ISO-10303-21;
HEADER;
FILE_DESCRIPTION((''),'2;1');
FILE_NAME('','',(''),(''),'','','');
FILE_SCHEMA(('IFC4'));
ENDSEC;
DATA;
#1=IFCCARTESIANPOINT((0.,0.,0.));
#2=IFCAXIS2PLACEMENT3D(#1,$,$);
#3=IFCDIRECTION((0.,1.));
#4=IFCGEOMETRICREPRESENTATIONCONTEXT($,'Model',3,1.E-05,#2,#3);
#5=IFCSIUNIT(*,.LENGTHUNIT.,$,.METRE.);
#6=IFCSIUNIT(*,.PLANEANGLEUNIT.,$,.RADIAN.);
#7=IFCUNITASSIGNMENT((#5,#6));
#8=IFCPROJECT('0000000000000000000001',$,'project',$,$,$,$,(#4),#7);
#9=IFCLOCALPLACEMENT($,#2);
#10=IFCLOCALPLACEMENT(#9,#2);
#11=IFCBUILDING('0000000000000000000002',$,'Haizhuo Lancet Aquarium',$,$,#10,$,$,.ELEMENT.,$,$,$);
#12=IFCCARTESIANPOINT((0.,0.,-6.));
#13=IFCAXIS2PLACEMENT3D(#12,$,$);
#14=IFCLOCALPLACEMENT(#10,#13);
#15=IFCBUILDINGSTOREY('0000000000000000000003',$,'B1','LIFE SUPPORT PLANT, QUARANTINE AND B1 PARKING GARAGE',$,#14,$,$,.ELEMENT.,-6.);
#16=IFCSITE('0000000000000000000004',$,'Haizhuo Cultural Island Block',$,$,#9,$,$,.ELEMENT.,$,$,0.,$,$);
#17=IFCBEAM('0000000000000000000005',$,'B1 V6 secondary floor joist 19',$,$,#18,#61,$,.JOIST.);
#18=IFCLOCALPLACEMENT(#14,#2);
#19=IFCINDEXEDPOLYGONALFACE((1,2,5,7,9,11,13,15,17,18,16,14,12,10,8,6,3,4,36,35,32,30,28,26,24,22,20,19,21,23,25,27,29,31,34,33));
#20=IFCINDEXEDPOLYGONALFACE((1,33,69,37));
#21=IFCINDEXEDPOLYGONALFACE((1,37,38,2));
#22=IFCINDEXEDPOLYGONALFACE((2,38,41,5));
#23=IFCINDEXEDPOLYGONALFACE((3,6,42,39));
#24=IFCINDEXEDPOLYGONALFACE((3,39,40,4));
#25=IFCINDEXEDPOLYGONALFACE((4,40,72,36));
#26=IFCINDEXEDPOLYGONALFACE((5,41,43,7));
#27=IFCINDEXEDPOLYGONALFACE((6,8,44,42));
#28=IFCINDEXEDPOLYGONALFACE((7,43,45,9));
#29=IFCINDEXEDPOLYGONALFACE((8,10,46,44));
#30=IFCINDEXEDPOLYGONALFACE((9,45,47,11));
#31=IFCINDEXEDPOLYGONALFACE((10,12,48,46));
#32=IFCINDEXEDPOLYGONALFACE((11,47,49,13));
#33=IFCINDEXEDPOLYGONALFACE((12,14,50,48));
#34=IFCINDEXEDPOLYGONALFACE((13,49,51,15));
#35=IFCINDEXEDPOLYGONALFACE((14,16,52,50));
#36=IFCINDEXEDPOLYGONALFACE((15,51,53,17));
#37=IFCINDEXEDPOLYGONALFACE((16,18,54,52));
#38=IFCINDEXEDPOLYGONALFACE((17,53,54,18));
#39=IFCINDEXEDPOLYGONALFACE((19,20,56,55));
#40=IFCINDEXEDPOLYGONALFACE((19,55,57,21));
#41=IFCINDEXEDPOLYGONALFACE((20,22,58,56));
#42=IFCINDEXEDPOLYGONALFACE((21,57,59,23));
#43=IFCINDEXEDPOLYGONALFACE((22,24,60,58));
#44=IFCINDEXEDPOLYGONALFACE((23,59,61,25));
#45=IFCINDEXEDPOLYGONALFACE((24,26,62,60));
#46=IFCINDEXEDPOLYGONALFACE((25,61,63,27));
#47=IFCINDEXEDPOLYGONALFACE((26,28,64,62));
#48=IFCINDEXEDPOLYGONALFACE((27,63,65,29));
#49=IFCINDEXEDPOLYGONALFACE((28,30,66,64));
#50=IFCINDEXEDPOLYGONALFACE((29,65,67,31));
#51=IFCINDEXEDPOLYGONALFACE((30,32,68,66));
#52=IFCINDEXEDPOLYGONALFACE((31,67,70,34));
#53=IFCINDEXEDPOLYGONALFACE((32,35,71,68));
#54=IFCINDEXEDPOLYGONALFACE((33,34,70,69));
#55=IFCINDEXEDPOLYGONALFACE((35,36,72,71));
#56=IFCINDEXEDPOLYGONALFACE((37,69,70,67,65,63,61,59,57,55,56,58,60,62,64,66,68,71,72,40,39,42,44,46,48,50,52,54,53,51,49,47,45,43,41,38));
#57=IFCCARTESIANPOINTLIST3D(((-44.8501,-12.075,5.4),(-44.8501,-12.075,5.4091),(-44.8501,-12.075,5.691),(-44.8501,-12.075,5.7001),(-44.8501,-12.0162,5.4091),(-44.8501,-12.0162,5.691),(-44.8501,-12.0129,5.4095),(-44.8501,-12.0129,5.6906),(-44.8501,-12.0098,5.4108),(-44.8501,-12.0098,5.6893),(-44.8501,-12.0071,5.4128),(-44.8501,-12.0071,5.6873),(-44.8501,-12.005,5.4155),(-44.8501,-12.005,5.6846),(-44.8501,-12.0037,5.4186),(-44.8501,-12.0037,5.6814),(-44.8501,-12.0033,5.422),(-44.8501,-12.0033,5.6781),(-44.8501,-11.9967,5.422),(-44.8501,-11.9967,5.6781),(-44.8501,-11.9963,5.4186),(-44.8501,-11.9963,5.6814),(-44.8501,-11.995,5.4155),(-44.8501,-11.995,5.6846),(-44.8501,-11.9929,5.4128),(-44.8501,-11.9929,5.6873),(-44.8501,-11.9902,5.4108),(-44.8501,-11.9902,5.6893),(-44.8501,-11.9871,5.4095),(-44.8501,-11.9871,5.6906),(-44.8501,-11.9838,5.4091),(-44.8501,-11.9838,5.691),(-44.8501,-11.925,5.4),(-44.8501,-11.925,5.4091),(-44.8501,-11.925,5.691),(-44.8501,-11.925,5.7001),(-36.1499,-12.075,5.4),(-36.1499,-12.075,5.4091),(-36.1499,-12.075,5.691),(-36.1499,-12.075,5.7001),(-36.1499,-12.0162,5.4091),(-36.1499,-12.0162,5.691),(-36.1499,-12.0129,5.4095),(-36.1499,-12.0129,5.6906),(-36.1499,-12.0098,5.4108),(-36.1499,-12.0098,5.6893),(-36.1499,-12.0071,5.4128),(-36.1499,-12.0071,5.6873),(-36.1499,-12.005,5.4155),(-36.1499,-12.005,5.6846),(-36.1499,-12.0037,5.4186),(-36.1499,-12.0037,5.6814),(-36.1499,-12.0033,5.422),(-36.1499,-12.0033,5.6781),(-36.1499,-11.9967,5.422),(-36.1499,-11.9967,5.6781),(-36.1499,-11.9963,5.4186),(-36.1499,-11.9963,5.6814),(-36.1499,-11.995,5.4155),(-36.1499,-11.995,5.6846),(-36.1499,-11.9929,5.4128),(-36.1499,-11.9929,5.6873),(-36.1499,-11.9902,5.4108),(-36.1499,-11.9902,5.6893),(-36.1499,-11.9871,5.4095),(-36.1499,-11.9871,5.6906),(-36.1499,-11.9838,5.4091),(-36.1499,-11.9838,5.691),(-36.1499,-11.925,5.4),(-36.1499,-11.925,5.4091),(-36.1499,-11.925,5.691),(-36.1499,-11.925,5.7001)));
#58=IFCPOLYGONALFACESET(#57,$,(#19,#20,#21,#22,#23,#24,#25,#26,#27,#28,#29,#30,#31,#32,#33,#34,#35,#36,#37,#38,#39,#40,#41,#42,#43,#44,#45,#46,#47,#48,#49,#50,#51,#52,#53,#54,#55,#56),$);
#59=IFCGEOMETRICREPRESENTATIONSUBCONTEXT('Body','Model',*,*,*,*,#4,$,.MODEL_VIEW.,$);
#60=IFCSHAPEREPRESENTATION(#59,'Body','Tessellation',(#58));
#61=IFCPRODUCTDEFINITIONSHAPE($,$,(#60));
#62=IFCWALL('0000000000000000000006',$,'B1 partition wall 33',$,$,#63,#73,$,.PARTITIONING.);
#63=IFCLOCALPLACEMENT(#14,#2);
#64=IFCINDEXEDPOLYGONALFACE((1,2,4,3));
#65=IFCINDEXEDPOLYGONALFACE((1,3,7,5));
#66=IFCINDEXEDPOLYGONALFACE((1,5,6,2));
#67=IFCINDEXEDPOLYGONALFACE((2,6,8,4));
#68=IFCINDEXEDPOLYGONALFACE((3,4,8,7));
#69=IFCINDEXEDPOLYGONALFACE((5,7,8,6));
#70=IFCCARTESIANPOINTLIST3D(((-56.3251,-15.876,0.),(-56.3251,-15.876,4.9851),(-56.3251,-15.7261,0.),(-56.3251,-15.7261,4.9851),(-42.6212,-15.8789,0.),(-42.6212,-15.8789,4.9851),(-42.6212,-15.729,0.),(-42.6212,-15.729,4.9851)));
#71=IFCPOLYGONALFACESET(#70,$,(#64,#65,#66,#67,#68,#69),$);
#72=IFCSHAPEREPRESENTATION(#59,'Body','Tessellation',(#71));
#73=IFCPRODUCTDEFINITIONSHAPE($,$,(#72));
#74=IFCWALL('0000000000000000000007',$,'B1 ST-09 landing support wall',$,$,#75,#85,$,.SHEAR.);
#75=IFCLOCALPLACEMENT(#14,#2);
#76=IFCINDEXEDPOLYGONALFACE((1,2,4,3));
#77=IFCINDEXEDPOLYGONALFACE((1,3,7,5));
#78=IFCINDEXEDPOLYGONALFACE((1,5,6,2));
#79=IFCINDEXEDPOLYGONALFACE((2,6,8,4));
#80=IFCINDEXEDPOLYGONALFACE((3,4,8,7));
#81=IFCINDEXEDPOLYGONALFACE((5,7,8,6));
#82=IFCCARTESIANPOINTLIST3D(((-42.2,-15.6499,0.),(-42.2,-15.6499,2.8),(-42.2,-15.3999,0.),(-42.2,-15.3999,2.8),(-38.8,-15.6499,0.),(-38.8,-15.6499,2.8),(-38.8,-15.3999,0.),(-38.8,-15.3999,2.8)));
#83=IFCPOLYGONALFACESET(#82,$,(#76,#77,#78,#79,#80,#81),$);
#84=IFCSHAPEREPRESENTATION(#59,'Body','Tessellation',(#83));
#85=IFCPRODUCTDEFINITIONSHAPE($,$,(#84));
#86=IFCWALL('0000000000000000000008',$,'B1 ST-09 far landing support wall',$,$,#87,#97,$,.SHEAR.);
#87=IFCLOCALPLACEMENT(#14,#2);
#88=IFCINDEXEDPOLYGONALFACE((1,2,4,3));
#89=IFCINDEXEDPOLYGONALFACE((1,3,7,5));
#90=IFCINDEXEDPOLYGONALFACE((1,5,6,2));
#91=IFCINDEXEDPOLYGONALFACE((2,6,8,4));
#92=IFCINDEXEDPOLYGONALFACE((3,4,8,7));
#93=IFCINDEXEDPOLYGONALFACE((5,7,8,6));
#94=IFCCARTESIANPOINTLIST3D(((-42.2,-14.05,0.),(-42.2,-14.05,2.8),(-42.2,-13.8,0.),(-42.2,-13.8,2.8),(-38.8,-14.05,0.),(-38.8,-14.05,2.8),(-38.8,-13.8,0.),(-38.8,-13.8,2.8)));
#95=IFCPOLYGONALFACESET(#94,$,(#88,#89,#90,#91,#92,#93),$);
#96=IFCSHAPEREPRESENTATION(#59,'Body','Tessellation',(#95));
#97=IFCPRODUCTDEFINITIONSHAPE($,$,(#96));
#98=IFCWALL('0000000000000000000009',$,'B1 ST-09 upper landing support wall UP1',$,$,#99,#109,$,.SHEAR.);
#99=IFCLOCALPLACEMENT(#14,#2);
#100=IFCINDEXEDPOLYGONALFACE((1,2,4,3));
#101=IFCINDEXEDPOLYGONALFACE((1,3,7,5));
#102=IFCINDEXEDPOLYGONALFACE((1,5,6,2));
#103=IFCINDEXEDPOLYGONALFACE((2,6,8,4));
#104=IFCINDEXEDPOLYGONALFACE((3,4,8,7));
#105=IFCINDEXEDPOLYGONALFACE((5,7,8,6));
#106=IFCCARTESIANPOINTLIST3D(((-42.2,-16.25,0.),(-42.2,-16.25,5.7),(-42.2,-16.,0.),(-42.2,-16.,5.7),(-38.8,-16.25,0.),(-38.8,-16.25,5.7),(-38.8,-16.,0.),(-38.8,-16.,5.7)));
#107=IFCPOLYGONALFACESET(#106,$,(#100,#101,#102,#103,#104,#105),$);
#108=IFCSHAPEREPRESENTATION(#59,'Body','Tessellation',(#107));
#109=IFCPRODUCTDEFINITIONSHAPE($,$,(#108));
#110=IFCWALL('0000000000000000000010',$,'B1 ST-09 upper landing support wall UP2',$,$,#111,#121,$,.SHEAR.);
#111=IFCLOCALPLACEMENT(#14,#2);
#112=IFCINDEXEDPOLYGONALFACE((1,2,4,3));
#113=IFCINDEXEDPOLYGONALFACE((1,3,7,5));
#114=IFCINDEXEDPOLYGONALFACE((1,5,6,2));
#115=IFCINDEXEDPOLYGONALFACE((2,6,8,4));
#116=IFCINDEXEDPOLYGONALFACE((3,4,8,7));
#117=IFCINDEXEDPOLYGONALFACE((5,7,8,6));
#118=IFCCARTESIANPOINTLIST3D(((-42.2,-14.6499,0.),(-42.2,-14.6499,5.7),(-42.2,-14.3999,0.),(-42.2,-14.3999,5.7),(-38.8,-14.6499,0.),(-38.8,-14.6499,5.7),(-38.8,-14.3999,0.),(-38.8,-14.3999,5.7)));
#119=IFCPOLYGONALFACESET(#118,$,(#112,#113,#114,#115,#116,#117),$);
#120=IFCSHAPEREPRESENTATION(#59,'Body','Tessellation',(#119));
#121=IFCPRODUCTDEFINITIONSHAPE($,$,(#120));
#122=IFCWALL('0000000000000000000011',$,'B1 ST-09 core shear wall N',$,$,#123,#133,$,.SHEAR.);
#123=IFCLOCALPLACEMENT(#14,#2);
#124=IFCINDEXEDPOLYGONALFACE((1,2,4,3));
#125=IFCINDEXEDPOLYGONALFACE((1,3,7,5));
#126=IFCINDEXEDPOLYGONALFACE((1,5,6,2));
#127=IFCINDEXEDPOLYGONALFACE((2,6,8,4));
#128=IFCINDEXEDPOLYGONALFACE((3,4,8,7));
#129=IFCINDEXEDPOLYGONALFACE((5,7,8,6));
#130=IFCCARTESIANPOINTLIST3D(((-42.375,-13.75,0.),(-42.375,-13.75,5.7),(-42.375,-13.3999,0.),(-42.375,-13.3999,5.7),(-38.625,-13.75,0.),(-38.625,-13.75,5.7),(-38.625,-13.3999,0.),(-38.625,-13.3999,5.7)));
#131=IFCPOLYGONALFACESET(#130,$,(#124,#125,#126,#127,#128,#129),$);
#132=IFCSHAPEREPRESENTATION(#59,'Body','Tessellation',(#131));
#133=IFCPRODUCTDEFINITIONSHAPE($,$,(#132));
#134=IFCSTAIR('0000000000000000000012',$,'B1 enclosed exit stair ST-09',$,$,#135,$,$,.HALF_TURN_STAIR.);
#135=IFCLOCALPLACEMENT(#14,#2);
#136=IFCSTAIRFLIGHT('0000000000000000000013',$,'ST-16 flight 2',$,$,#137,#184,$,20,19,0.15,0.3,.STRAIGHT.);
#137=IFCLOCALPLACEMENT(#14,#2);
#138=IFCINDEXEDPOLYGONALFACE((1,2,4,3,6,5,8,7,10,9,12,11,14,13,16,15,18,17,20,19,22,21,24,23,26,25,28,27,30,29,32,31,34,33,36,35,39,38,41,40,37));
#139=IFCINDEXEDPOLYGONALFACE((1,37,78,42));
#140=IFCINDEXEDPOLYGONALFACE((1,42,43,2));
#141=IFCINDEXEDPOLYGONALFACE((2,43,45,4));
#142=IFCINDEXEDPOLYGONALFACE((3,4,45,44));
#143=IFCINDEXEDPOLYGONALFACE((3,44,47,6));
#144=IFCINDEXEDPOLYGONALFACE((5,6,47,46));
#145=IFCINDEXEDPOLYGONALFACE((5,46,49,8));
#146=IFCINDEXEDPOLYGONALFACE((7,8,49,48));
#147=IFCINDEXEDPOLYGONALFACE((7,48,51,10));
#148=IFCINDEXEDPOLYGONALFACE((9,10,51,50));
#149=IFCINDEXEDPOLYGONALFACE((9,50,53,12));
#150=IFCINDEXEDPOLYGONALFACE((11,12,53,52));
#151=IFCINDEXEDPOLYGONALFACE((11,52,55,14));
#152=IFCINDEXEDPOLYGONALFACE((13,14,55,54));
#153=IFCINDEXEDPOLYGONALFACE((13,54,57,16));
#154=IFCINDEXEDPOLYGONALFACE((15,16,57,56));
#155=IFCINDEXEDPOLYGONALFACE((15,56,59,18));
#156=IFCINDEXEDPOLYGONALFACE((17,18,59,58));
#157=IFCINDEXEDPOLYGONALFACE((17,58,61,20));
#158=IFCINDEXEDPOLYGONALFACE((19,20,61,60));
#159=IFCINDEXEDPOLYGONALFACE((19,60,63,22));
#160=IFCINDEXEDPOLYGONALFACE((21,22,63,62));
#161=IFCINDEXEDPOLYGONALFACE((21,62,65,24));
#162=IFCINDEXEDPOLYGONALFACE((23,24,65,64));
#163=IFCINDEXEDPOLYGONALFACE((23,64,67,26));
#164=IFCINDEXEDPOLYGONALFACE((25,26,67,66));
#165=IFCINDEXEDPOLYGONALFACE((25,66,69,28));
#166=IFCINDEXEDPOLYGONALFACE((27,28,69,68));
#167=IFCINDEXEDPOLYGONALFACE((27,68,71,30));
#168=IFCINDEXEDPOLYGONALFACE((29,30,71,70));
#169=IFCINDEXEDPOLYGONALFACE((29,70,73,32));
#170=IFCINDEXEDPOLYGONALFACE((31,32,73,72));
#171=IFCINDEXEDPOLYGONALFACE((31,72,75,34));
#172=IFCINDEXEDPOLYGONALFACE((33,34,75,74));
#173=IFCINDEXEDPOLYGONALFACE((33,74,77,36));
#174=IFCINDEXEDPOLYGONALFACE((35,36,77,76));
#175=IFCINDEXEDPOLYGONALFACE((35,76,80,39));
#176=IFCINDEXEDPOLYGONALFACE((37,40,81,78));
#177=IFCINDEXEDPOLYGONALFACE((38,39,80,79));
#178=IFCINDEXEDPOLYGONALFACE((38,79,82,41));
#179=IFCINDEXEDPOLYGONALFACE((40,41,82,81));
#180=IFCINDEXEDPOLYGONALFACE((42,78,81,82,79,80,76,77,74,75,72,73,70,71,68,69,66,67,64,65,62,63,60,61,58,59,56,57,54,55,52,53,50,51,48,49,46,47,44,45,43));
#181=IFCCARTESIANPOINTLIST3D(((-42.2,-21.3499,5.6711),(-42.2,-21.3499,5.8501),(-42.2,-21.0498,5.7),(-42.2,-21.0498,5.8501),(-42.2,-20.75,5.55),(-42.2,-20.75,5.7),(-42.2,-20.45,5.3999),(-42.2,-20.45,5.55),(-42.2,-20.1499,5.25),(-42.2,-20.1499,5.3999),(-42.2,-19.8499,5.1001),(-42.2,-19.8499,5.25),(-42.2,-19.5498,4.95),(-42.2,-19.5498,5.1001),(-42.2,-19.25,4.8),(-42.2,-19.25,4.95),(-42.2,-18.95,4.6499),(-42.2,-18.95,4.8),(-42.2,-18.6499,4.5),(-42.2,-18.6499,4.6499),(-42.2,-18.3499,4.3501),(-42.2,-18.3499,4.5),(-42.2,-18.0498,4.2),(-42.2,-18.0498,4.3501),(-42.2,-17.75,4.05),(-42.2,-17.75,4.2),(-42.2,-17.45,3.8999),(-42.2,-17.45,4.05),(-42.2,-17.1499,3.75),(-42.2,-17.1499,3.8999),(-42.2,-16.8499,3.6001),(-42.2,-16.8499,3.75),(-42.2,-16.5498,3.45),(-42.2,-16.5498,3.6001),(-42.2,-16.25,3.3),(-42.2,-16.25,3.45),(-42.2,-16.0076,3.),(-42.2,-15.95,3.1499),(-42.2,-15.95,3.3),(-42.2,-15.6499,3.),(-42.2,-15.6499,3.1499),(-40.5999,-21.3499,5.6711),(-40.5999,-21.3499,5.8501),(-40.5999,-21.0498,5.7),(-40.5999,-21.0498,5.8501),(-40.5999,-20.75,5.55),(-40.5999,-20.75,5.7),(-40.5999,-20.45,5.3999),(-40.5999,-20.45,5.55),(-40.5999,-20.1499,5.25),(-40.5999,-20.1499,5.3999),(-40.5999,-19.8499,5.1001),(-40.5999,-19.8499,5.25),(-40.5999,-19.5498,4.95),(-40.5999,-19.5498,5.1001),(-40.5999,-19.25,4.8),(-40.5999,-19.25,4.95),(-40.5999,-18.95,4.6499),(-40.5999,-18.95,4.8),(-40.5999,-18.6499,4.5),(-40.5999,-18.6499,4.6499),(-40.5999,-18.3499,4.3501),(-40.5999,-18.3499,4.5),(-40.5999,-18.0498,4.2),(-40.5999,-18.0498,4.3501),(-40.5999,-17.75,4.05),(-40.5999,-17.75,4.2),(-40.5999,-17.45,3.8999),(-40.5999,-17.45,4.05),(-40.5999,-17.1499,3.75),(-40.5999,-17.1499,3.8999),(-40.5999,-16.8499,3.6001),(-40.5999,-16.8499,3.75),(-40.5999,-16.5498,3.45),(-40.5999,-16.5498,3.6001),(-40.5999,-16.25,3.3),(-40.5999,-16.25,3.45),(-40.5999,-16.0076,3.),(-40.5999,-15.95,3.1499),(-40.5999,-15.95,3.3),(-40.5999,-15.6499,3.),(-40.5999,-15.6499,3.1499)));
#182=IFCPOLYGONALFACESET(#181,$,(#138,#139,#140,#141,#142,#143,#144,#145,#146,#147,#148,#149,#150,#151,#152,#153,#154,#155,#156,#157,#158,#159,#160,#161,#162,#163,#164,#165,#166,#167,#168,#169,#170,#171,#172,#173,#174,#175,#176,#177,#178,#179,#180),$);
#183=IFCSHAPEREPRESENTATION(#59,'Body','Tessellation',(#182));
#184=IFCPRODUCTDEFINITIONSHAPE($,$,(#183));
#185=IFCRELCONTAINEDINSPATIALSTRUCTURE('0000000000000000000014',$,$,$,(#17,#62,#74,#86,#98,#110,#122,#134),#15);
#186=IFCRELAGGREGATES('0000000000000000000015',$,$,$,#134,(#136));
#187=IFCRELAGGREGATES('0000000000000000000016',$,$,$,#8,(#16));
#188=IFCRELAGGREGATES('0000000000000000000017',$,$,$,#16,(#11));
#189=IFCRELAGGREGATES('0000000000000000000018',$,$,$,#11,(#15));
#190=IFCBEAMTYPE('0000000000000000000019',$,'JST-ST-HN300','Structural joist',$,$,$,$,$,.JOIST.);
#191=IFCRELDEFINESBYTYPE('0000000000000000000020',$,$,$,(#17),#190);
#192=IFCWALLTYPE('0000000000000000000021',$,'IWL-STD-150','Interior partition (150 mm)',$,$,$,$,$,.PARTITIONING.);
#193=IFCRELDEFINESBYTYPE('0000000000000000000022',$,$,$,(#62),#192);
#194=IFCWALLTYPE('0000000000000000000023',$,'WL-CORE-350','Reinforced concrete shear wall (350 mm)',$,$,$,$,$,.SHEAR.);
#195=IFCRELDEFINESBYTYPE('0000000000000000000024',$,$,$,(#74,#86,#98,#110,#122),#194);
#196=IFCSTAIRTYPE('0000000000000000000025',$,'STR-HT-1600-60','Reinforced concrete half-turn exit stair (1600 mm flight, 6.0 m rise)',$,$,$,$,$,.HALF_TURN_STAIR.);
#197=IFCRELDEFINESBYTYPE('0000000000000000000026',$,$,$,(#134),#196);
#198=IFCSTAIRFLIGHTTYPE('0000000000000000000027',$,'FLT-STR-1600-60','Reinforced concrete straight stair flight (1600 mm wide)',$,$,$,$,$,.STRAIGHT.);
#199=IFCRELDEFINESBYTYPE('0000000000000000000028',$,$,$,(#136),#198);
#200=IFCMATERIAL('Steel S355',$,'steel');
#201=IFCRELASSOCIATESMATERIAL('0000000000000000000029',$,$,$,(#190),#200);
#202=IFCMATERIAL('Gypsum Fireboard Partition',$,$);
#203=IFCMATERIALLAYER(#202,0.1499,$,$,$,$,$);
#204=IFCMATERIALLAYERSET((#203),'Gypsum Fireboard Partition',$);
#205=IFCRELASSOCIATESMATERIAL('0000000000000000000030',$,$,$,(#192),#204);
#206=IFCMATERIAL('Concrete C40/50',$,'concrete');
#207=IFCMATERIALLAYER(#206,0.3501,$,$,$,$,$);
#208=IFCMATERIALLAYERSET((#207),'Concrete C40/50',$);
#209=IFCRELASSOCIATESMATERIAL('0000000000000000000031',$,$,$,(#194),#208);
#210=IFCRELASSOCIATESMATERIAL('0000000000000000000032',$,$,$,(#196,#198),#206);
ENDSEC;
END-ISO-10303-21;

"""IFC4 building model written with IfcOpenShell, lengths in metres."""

from ifc_helpers import new_model, si_unit, direction, frame, frame_2d, origin, origin_2d, place, context, subcontext, project, spatial, polyline, rectangle, i_section, outline, extrude, material, layer, layer_set, material_profile, profile_set, type_object, element, aggregate, save


model = new_model("IFC4")

# Units and contexts
model_context = context("Model", 3, precision=1e-05, world=origin(), true_north=direction((0.0, 1.0)))
body_context = subcontext(model_context, "Body", "Model", "MODEL_VIEW")
ifc_project = project(units=[si_unit("LENGTHUNIT", "METRE"), si_unit("PLANEANGLEUNIT", "RADIAN")], contexts=[model_context])

# Site, building, storey
site_placement = place(None, origin())
site = spatial("IfcSite", under=ifc_project, at=site_placement, Name="Haizhuo Cultural Island Block", CompositionType="ELEMENT", RefElevation=0.0)
building_placement = place(site_placement, origin())
building = spatial("IfcBuilding", under=site, at=building_placement, Name="Haizhuo Lancet Aquarium", CompositionType="ELEMENT")
storey_placement = place(building_placement, frame((0.0, 0.0, -6.0)))
storey = spatial("IfcBuildingStorey", under=building, at=storey_placement, Name="B1", Description="LIFE SUPPORT PLANT, QUARANTINE AND B1 PARKING GARAGE", CompositionType="ELEMENT", Elevation=-6.0)

# Shared definitions
ifc_material_1 = material(Name="Concrete C40/50", Category="concrete")

# Beam
ifc_material_2 = material(Name="Steel S355", Category="steel")
ifc_material_profile_1 = material_profile(ifc_material_2, i_section(OverallWidth=0.1499, OverallDepth=0.3, WebThickness=0.0066, FlangeThickness=0.009, FilletRadius=0.0129, at=origin_2d()), Name="HN 300x150x6.5x9")
ifc_profile_set_1 = profile_set([ifc_material_profile_1], Name="Steel S355")
beam_type_1 = type_object("IfcBeamType", Name="JST-ST-HN300", Description="Structural joist", PredefinedType="JOIST", material=ifc_profile_set_1)
beam_1_placement = place(storey_placement, frame((-44.8501, -12.0, 5.55), z_axis=(1.0, 0.0, 0.0), x_axis=(0.0, 1.0, 0.0)))
element("IfcBeam", 1, at=beam_1_placement, inside=storey, type_object=beam_type_1, Name="B1 V6 secondary floor joist 19", PredefinedType="JOIST", context=body_context, shape_type="SweptSolid", body=[
    extrude(i_section(OverallWidth=0.1499, OverallDepth=0.3, WebThickness=0.0066, FlangeThickness=0.009, FilletRadius=0.0129, at=origin_2d()), origin(), (0.0, 0.0, 1.0), 8.7002),
])

# Walls
ifc_material_3 = material(Name="Gypsum Fireboard Partition")
ifc_layer_1 = layer(ifc_material_3, 0.1499)
ifc_layer_set_1 = layer_set([ifc_layer_1], Name="Gypsum Fireboard Partition")
wall_type_1 = type_object("IfcWallType", Name="IWL-STD-150", Description="Interior partition (150 mm)", PredefinedType="PARTITIONING", material=ifc_layer_set_1)
wall_1_placement = place(storey_placement, frame((-42.6211, -15.804, 0.0), z_axis=(0.0, 0.0, 1.0), x_axis=(-1.0, 0.000214, 0.0)))
element("IfcWall", 2, at=wall_1_placement, inside=storey, type_object=wall_type_1, Name="B1 partition wall 33", PredefinedType="PARTITIONING", context=body_context, shape_type="SweptSolid", body=[
    extrude(rectangle(XDim=13.7039, YDim=0.1499, at=frame_2d((6.8521, 0.0))), origin(), (0.0, 0.0, 1.0), 4.9851),
])
ifc_layer_2 = layer(ifc_material_1, 0.3501)
ifc_layer_set_2 = layer_set([ifc_layer_2], Name="Concrete C40/50")
wall_type_2 = type_object("IfcWallType", Name="WL-CORE-350", Description="Reinforced concrete shear wall (350 mm)", PredefinedType="SHEAR", material=ifc_layer_set_2)
for number, where, z_axis, x_axis, name in (
    (3, (-42.2, -15.5249, 0.0), (0.0, 0.0, 1.0), (1.0, 0.0, 0.0), "B1 ST-09 landing support wall"),
    (4, (-42.2, -13.925, 0.0), (0.0, 0.0, 1.0), (1.0, 0.0, 0.0), "B1 ST-09 far landing support wall"),
):
    element("IfcWall", number, at=place(storey_placement, frame(where, z_axis=z_axis, x_axis=x_axis)), inside=storey, type_object=wall_type_2, Name=name, PredefinedType="SHEAR", context=body_context, shape_type="SweptSolid", body=[
        extrude(rectangle(XDim=3.3999, YDim=0.25, at=frame_2d((1.7, 0.0))), origin(), (0.0, 0.0, 1.0), 2.8),
    ])
for number, where, z_axis, x_axis, name in (
    (5, (-42.2, -16.125, 0.0), (0.0, 0.0, 1.0), (1.0, 0.0, 0.0), "B1 ST-09 upper landing support wall UP1"),
    (6, (-42.2, -14.5249, 0.0), (0.0, 0.0, 1.0), (1.0, 0.0, 0.0), "B1 ST-09 upper landing support wall UP2"),
):
    element("IfcWall", number, at=place(storey_placement, frame(where, z_axis=z_axis, x_axis=x_axis)), inside=storey, type_object=wall_type_2, Name=name, PredefinedType="SHEAR", context=body_context, shape_type="SweptSolid", body=[
        extrude(rectangle(XDim=3.3999, YDim=0.25, at=frame_2d((1.7, 0.0))), origin(), (0.0, 0.0, 1.0), 5.7),
    ])
wall_2_placement = place(storey_placement, frame((-42.375, -13.575, 0.0), z_axis=(0.0, 0.0, 1.0), x_axis=(1.0, 0.0, 0.0)))
element("IfcWall", 7, at=wall_2_placement, inside=storey, type_object=wall_type_2, Name="B1 ST-09 core shear wall N", PredefinedType="SHEAR", context=body_context, shape_type="SweptSolid", body=[
    extrude(rectangle(XDim=3.75, YDim=0.3501, at=frame_2d((1.875, 0.0))), origin(), (0.0, 0.0, 1.0), 5.7),
])

# Stair, stair flight
stair_type = type_object("IfcStairType", Name="STR-HT-1600-60", Description="Reinforced concrete half-turn exit stair (1600 mm flight, 6.0 m rise)", PredefinedType="HALF_TURN_STAIR", material=ifc_material_1)
stair_placement = place(storey_placement, origin())
stair = element("IfcStair", 8, at=stair_placement, inside=storey, type_object=stair_type, Name="B1 enclosed exit stair ST-09", PredefinedType="HALF_TURN_STAIR")
stair_flight_type = type_object("IfcStairFlightType", Name="FLT-STR-1600-60", Description="Reinforced concrete straight stair flight (1600 mm wide)", PredefinedType="STRAIGHT", material=ifc_material_1)
stair_flight_placement = place(storey_placement, frame((-41.3999, -15.6499, 3.0), z_axis=(0.0, 0.0, 1.0), x_axis=(0.0, -1.0, 0.0)))
stair_flight = element("IfcStairFlight", 9, at=stair_flight_placement, type_object=stair_flight_type, Name="ST-16 flight 2", NumberOfRisers=20, NumberOfTreads=19, PredefinedType="STRAIGHT", RiserHeight=0.15, TreadLength=0.3, context=body_context, shape_type="SweptSolid", body=[
    extrude(outline(polyline([(0.0, 0.0), (0.0, 0.1499), (0.3, 0.1499), (0.3, 0.3), (0.6001, 0.3), (0.6001, 0.45), (0.8999, 0.45), (0.8999, 0.6001), (1.2, 0.6001), (1.2, 0.75), (1.5, 0.75), (1.5, 0.8999), (1.8, 0.8999), (1.8, 1.05), (2.1001, 1.05), (2.1001, 1.2), (2.3999, 1.2), (2.3999, 1.3501), (2.7, 1.3501), (2.7, 1.5), (3.0, 1.5), (3.0, 1.6499), (3.3, 1.6499), (3.3, 1.8), (3.6001, 1.8), (3.6001, 1.95), (3.8999, 1.95), (3.8999, 2.1001), (4.2, 2.1001), (4.2, 2.25), (4.5, 2.25), (4.5, 2.3999), (4.8, 2.3999), (4.8, 2.55), (5.1001, 2.55), (5.1001, 2.7), (5.3999, 2.7), (5.3999, 2.8501), (5.7, 2.8501), (5.7, 3.0), (5.7, 2.6711), (0.3577, 0.0), (0.0, 0.0)])), frame((0.0, 0.8, 0.0), z_axis=(0.0, -1.0, 0.0), x_axis=(1.0, 0.0, 0.0)), (0.0, 0.0, 1.0), 1.6001),
])
aggregate(stair, [stair_flight])

save(model, "model.ifc")
